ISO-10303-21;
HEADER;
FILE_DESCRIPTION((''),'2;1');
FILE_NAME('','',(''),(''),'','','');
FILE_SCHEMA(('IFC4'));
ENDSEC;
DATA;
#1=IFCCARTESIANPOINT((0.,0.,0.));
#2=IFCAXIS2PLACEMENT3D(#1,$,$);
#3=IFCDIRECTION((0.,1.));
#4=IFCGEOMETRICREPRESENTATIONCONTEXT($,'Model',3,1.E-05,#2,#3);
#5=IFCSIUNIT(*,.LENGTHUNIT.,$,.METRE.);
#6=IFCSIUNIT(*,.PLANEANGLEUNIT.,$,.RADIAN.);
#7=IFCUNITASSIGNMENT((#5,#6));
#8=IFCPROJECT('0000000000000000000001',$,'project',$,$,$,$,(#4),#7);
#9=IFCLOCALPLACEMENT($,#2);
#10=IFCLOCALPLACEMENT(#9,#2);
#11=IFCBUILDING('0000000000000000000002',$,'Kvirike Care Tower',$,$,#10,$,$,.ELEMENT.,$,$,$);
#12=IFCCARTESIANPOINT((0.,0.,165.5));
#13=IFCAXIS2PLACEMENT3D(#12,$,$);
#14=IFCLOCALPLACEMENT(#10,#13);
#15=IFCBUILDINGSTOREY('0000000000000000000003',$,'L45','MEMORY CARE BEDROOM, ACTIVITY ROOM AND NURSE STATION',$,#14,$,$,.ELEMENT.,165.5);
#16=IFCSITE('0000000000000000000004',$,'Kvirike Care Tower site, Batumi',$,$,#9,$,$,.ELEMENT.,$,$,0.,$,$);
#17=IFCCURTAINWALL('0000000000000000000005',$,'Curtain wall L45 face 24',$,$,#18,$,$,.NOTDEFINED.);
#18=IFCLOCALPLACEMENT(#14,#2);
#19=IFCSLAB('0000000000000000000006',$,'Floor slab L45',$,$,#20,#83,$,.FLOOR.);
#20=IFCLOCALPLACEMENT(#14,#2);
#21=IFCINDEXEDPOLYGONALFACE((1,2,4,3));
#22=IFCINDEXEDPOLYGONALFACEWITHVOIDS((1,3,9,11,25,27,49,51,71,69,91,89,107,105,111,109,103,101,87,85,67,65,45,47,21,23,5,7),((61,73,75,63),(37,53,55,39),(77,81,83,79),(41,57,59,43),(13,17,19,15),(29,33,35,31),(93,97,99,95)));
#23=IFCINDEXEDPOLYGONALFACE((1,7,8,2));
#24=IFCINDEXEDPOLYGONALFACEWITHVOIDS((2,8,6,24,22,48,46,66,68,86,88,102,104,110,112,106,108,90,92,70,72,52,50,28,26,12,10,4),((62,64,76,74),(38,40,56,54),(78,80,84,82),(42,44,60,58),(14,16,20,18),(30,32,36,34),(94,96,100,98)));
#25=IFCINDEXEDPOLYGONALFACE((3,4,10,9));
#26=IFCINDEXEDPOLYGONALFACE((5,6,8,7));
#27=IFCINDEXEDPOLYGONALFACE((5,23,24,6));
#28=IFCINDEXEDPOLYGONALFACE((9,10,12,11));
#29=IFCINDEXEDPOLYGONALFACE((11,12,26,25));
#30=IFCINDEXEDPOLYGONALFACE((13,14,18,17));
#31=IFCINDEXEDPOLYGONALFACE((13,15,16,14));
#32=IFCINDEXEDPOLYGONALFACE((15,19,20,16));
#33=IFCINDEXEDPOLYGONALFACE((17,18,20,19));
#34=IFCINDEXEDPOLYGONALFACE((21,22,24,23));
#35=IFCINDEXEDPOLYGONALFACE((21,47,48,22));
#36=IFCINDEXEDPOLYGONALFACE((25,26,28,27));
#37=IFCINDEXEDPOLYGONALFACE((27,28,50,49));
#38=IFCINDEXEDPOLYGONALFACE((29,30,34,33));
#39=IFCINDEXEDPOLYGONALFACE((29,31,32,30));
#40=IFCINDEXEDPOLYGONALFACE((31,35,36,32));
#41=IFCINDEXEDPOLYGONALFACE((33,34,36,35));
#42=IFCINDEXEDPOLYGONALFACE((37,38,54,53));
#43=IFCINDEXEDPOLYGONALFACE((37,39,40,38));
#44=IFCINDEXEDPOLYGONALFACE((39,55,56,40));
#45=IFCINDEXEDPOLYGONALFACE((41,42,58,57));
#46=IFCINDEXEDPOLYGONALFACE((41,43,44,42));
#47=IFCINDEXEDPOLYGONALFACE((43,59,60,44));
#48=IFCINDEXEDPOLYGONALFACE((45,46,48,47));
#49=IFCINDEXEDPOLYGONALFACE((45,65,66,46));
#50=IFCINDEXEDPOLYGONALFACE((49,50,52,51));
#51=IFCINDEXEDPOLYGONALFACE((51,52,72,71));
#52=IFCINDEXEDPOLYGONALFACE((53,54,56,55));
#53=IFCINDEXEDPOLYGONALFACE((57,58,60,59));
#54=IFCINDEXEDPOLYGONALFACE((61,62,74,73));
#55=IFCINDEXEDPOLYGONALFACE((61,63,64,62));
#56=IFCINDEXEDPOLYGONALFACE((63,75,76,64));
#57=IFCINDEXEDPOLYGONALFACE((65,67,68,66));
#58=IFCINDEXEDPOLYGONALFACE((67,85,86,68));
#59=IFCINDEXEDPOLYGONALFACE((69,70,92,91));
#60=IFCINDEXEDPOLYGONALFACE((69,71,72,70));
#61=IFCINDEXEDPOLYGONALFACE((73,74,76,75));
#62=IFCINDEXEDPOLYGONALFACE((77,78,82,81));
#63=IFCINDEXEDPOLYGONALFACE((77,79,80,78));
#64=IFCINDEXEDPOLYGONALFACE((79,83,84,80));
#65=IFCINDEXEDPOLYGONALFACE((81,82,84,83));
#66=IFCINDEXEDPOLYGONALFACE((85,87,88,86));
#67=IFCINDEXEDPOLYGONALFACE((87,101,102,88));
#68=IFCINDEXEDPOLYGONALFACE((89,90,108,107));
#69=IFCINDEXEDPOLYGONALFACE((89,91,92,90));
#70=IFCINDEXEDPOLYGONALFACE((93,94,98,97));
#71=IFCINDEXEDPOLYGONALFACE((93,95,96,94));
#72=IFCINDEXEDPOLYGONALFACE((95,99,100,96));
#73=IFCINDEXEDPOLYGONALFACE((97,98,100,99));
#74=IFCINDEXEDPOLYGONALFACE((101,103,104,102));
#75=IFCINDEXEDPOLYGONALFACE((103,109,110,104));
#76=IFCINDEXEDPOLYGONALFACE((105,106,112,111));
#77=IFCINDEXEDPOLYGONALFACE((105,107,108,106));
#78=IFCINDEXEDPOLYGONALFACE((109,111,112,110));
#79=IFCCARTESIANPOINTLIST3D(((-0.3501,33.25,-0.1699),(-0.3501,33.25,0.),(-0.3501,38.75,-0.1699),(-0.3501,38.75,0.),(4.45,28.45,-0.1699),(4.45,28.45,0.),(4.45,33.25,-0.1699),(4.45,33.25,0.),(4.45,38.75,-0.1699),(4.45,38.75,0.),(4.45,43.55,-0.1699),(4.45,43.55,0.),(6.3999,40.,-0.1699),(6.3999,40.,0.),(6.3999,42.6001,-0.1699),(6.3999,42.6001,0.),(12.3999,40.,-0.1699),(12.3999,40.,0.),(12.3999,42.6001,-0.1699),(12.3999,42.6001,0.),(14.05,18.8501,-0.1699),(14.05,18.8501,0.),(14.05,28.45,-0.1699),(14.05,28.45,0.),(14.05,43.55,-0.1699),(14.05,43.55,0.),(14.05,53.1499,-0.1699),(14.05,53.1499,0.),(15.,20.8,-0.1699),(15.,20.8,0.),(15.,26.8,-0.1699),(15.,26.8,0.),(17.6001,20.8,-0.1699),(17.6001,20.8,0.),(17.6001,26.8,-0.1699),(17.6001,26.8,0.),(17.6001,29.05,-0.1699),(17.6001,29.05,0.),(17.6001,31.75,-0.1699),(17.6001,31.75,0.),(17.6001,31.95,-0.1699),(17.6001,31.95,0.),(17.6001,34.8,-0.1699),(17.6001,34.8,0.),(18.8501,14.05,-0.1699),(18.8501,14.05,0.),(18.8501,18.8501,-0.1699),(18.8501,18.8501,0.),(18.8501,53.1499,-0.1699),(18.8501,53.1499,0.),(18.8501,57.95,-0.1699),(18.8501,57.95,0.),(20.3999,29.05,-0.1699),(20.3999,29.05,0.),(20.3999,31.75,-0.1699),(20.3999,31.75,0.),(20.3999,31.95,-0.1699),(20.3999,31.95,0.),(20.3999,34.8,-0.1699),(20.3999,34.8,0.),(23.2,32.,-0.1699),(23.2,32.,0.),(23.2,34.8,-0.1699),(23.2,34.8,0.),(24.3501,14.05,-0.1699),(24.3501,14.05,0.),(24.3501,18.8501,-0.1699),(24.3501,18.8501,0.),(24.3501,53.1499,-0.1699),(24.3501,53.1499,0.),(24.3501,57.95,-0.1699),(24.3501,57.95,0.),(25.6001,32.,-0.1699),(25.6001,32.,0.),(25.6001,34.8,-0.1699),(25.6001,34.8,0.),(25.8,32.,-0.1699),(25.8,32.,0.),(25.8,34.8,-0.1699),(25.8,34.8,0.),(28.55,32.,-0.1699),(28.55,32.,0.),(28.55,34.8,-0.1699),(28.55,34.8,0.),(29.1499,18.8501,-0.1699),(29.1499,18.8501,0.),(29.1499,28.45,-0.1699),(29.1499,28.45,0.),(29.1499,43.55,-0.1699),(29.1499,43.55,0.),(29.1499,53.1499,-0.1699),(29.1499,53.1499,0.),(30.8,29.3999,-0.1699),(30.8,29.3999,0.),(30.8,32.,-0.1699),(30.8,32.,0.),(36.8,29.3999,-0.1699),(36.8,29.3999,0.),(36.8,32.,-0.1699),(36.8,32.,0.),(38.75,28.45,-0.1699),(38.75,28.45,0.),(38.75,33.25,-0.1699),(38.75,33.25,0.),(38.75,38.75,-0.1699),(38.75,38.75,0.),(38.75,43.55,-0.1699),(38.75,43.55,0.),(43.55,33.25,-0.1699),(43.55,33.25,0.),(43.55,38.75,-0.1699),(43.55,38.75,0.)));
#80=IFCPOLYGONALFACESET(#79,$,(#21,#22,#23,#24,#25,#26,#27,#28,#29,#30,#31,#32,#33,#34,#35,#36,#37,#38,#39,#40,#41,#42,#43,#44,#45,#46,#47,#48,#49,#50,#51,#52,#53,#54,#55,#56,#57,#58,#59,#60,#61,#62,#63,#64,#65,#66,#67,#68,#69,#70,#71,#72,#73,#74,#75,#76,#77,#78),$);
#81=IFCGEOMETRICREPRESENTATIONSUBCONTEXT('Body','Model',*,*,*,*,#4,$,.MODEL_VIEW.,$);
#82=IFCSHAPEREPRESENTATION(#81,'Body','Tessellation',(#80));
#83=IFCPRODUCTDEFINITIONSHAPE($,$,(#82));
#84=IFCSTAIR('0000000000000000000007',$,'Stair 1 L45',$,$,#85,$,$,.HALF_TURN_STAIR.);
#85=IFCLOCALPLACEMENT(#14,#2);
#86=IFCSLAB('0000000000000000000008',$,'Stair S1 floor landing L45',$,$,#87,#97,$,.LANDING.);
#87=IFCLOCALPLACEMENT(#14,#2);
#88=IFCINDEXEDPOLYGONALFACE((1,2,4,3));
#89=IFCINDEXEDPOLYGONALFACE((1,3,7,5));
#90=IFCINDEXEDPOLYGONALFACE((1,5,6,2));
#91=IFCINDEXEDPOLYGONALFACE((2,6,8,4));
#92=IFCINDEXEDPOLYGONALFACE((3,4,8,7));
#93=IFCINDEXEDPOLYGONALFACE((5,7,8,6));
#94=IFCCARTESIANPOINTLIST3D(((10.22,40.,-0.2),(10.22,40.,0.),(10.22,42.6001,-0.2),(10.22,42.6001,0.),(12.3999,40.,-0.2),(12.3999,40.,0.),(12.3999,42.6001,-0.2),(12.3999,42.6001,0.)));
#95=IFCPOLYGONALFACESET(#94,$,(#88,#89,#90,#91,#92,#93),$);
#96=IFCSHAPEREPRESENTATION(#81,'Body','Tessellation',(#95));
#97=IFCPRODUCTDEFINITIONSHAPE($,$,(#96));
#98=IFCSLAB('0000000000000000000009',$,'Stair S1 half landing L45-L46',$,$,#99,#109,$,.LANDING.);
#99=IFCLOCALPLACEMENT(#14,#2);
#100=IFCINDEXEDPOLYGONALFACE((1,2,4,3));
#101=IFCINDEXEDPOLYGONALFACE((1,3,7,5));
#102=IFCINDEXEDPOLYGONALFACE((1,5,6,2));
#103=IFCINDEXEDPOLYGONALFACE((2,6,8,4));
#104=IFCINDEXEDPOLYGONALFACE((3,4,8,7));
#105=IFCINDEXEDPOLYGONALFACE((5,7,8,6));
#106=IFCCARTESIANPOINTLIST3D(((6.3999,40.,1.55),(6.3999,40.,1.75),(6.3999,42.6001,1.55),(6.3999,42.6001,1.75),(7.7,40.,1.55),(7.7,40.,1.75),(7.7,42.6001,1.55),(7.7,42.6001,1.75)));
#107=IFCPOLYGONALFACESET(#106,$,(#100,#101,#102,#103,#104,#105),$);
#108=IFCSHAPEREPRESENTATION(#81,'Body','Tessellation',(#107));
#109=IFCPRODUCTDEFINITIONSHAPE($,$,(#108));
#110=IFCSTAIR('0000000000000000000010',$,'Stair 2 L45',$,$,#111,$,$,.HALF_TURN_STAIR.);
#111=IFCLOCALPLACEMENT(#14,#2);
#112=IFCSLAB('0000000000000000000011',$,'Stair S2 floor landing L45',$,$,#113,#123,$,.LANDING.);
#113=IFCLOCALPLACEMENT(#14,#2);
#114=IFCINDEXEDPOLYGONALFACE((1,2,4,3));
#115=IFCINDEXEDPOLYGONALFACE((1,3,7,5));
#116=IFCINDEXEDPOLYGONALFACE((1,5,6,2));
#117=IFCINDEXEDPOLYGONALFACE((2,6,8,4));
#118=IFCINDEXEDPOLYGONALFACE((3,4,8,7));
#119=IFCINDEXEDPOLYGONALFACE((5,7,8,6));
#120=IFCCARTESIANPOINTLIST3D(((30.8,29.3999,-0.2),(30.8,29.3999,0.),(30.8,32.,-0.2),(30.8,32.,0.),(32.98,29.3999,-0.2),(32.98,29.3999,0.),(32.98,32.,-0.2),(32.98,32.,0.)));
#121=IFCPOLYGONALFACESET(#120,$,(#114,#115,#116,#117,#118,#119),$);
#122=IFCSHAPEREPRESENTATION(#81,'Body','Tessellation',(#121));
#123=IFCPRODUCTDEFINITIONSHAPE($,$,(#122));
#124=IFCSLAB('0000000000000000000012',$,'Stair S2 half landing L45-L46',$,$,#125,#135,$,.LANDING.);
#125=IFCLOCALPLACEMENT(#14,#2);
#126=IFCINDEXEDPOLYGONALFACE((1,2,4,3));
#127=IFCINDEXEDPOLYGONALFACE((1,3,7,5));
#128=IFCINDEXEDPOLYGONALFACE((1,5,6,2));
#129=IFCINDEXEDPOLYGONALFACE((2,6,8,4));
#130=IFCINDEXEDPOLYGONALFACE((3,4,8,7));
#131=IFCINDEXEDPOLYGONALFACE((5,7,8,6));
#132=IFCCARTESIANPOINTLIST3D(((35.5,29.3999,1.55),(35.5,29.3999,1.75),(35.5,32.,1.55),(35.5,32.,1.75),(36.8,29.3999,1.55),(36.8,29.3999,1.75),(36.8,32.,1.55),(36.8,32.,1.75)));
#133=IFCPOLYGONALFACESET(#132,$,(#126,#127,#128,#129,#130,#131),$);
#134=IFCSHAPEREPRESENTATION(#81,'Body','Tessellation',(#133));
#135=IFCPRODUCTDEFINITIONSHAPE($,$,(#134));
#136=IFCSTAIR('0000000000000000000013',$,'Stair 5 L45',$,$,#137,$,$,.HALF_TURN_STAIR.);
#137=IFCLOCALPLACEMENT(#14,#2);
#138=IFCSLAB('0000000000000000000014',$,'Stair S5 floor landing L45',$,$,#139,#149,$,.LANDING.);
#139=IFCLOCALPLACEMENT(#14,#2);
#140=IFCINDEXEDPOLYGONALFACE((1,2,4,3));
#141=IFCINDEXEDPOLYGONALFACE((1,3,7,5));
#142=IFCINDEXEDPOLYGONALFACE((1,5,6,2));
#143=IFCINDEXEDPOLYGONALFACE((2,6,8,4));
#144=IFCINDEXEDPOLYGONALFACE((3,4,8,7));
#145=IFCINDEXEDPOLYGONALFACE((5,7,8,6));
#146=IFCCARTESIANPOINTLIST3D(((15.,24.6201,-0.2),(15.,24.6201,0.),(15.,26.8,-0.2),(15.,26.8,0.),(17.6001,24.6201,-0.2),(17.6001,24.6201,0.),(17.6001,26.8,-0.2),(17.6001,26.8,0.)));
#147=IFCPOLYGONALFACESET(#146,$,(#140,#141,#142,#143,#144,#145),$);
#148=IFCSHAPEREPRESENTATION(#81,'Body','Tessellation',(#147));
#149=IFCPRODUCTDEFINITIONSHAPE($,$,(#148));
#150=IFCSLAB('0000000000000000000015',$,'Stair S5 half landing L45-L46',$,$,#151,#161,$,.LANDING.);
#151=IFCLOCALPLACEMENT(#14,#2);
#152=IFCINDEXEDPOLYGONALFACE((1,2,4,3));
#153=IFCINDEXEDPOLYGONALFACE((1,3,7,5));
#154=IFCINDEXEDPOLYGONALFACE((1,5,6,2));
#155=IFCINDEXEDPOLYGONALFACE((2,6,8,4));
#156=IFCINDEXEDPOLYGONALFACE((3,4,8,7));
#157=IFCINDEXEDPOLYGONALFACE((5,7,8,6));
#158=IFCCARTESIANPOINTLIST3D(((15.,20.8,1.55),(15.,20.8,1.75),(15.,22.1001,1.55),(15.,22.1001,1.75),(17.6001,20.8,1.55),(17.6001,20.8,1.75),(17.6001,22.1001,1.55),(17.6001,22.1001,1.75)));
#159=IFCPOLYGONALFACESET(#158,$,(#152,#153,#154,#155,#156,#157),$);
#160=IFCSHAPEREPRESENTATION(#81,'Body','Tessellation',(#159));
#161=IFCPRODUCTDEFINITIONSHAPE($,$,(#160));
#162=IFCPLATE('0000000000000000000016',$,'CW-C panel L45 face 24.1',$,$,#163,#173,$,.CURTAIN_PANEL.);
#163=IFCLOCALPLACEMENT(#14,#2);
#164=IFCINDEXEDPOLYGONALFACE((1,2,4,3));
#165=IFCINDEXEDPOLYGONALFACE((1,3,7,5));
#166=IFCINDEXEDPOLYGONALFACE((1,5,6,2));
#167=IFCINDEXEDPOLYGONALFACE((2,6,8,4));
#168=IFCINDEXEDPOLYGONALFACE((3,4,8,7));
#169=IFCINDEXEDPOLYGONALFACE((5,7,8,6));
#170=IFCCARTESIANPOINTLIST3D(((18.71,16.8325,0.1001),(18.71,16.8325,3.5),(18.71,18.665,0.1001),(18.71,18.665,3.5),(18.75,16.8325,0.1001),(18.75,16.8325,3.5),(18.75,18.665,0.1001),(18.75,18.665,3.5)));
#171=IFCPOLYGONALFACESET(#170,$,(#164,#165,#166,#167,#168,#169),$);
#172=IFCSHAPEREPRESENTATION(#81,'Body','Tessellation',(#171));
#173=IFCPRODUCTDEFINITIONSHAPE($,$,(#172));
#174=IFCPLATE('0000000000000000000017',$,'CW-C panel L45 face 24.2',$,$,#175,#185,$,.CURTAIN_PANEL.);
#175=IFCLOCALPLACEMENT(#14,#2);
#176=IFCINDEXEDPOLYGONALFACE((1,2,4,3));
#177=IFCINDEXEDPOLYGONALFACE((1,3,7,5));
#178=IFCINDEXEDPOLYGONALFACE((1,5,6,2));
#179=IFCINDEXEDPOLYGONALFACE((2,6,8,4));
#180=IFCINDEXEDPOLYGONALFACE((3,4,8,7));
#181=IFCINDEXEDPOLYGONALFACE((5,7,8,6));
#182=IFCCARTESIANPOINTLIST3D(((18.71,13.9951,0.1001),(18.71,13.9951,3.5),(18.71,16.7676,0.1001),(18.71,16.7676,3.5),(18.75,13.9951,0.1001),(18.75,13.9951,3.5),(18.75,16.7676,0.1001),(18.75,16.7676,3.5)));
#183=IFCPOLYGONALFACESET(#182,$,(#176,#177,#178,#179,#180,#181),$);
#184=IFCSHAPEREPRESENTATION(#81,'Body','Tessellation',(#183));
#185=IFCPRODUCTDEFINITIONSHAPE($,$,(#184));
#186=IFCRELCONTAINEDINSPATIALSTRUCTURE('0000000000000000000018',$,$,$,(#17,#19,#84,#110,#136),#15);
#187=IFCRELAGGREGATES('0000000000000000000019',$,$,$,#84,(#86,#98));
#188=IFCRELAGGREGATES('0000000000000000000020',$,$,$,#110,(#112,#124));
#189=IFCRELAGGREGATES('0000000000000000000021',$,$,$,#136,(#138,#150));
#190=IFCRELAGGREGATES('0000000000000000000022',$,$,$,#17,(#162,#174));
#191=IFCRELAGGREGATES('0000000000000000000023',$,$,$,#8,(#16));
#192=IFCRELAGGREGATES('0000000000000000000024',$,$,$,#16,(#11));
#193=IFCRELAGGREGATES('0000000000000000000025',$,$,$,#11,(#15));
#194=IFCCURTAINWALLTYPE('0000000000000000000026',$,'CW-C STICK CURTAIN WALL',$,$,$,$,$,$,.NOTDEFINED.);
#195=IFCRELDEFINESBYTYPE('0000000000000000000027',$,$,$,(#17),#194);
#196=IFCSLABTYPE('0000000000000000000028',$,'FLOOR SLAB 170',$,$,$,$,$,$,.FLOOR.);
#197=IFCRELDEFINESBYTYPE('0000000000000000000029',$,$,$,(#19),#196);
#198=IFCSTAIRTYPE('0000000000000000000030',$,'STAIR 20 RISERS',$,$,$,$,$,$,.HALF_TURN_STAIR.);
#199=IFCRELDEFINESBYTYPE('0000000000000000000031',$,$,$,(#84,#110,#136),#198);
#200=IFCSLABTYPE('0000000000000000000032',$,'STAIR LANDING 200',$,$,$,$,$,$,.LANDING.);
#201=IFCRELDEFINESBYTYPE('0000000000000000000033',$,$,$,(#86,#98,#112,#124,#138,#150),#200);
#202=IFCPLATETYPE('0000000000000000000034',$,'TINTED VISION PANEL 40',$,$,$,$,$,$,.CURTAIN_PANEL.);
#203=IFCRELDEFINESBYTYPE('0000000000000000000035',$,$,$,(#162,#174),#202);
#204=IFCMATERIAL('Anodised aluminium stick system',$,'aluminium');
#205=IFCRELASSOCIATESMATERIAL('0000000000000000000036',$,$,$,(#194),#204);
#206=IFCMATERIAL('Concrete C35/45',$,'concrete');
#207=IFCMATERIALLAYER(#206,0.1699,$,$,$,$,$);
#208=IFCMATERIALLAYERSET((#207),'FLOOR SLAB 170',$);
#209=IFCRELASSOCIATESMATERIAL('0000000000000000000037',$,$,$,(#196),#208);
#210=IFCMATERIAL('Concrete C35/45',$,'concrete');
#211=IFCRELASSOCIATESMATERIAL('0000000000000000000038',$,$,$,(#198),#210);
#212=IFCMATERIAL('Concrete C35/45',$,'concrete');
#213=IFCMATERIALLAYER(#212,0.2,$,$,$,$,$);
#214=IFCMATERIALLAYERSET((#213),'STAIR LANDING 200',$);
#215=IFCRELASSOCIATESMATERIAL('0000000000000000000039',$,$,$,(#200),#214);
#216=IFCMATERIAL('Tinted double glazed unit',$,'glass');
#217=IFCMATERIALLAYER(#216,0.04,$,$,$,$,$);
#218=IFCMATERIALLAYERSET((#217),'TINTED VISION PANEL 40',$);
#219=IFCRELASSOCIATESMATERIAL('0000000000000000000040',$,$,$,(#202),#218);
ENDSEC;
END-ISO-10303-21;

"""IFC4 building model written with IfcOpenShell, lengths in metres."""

from ifc_helpers import new_model, si_unit, direction, frame, origin, origin_2d, place, context, subcontext, project, spatial, polyline, rectangle, outline, extrude, material, layer, layer_set, type_object, element, aggregate, save


model = new_model("IFC4")

# Units and contexts
model_context = context("Model", 3, precision=1e-05, world=origin(), true_north=direction((0.0, 1.0)))
body_context = subcontext(model_context, "Body", "Model", "MODEL_VIEW")
ifc_project = project(units=[si_unit("LENGTHUNIT", "METRE"), si_unit("PLANEANGLEUNIT", "RADIAN")], contexts=[model_context])

# Site, building, storey
site_placement = place(None, origin())
site = spatial("IfcSite", under=ifc_project, at=site_placement, Name="Kvirike Care Tower site, Batumi", CompositionType="ELEMENT", RefElevation=0.0)
building_placement = place(site_placement, origin())
building = spatial("IfcBuilding", under=site, at=building_placement, Name="Kvirike Care Tower", CompositionType="ELEMENT")
storey_placement = place(building_placement, frame((0.0, 0.0, 165.5)))
storey = spatial("IfcBuildingStorey", under=building, at=storey_placement, Name="L45", Description="MEMORY CARE BEDROOM, ACTIVITY ROOM AND NURSE STATION", CompositionType="ELEMENT", Elevation=165.5)

# Shared definitions
ifc_material_1 = material(Name="Anodised aluminium stick system", Category="aluminium")
curtain_wall_type = type_object("IfcCurtainWallType", Name="CW-C STICK CURTAIN WALL", PredefinedType="NOTDEFINED", material=ifc_material_1)

# Curtain wall
curtain_wall_1_placement = place(storey_placement, origin())
curtain_wall_1 = element("IfcCurtainWall", 1, at=curtain_wall_1_placement, inside=storey, type_object=curtain_wall_type, Name="Curtain wall L45 face 24", PredefinedType="NOTDEFINED")

# Slab
ifc_material_2 = material(Name="Concrete C35/45", Category="concrete")
ifc_layer_1 = layer(ifc_material_2, 0.1699)
ifc_layer_set_1 = layer_set([ifc_layer_1], Name="FLOOR SLAB 170")
slab_type_1 = type_object("IfcSlabType", Name="FLOOR SLAB 170", PredefinedType="FLOOR", material=ifc_layer_set_1)
slab_1_placement = place(storey_placement, frame((0.0, 0.0, -0.1699)))
element("IfcSlab", 2, at=slab_1_placement, inside=storey, type_object=slab_type_1, Name="Floor slab L45", PredefinedType="FLOOR", context=body_context, shape_type="SweptSolid", body=[
    extrude(outline(polyline([(29.1499, 28.45), (38.75, 28.45), (38.75, 33.25), (43.55, 33.25), (43.55, 38.75), (38.75, 38.75), (38.75, 43.55), (29.1499, 43.55), (29.1499, 53.1499), (24.3501, 53.1499), (24.3501, 57.95), (18.8501, 57.95), (18.8501, 53.1499), (14.05, 53.1499), (14.05, 43.55), (4.45, 43.55), (4.45, 38.75), (-0.3501, 38.75), (-0.3501, 33.25), (4.45, 33.25), (4.45, 28.45), (14.05, 28.45), (14.05, 18.8501), (18.8501, 18.8501), (18.8501, 14.05), (24.3501, 14.05), (24.3501, 18.8501), (29.1499, 18.8501), (29.1499, 28.45)]), holes=[polyline([(17.6001, 29.05), (17.6001, 31.75), (20.3999, 31.75), (20.3999, 29.05), (17.6001, 29.05)]), polyline([(17.6001, 31.95), (17.6001, 34.8), (20.3999, 34.8), (20.3999, 31.95), (17.6001, 31.95)]), polyline([(23.2, 32.0), (23.2, 34.8), (25.6001, 34.8), (25.6001, 32.0), (23.2, 32.0)]), polyline([(25.8, 32.0), (25.8, 34.8), (28.55, 34.8), (28.55, 32.0), (25.8, 32.0)]), polyline([(12.3999, 42.6001), (12.3999, 40.0), (6.3999, 40.0), (6.3999, 42.6001), (12.3999, 42.6001)]), polyline([(30.8, 29.3999), (30.8, 32.0), (36.8, 32.0), (36.8, 29.3999), (30.8, 29.3999)]), polyline([(15.0, 26.8), (17.6001, 26.8), (17.6001, 20.8), (15.0, 20.8), (15.0, 26.8)])]), origin(), (0.0, 0.0, 1.0), 0.1699),
])

# Stairs, slabs
ifc_material_3 = material(Name="Concrete C35/45", Category="concrete")
stair_type = type_object("IfcStairType", Name="STAIR 20 RISERS", PredefinedType="HALF_TURN_STAIR", material=ifc_material_3)
stair_1_placement = place(storey_placement, origin())
stair_1 = element("IfcStair", 3, at=stair_1_placement, inside=storey, type_object=stair_type, Name="Stair 1 L45", PredefinedType="HALF_TURN_STAIR")
ifc_material_4 = material(Name="Concrete C35/45", Category="concrete")
ifc_layer_2 = layer(ifc_material_4, 0.2)
ifc_layer_set_2 = layer_set([ifc_layer_2], Name="STAIR LANDING 200")
slab_type_2 = type_object("IfcSlabType", Name="STAIR LANDING 200", PredefinedType="LANDING", material=ifc_layer_set_2)
slab_2_placement = place(storey_placement, frame((0.0, 0.0, -0.2)))
slab_2 = element("IfcSlab", 4, at=slab_2_placement, type_object=slab_type_2, Name="Stair S1 floor landing L45", PredefinedType="LANDING", context=body_context, shape_type="SweptSolid", body=[
    extrude(outline(polyline([(10.22, 42.6001), (10.22, 40.0), (12.3999, 40.0), (12.3999, 42.6001), (10.22, 42.6001)])), origin(), (0.0, 0.0, 1.0), 0.2),
])
slab_3_placement = place(storey_placement, frame((0.0, 0.0, 1.55)))
slab_3 = element("IfcSlab", 5, at=slab_3_placement, type_object=slab_type_2, Name="Stair S1 half landing L45-L46", PredefinedType="LANDING", context=body_context, shape_type="SweptSolid", body=[
    extrude(outline(polyline([(6.3999, 42.6001), (6.3999, 40.0), (7.7, 40.0), (7.7, 42.6001), (6.3999, 42.6001)])), origin(), (0.0, 0.0, 1.0), 0.2),
])
aggregate(stair_1, [slab_2, slab_3])
stair_2_placement = place(storey_placement, origin())
stair_2 = element("IfcStair", 6, at=stair_2_placement, inside=storey, type_object=stair_type, Name="Stair 2 L45", PredefinedType="HALF_TURN_STAIR")
slab_4_placement = place(storey_placement, frame((0.0, 0.0, -0.2)))
slab_4 = element("IfcSlab", 7, at=slab_4_placement, type_object=slab_type_2, Name="Stair S2 floor landing L45", PredefinedType="LANDING", context=body_context, shape_type="SweptSolid", body=[
    extrude(outline(polyline([(32.98, 29.3999), (32.98, 32.0), (30.8, 32.0), (30.8, 29.3999), (32.98, 29.3999)])), origin(), (0.0, 0.0, 1.0), 0.2),
])
slab_5_placement = place(storey_placement, frame((0.0, 0.0, 1.55)))
slab_5 = element("IfcSlab", 8, at=slab_5_placement, type_object=slab_type_2, Name="Stair S2 half landing L45-L46", PredefinedType="LANDING", context=body_context, shape_type="SweptSolid", body=[
    extrude(outline(polyline([(36.8, 29.3999), (36.8, 32.0), (35.5, 32.0), (35.5, 29.3999), (36.8, 29.3999)])), origin(), (0.0, 0.0, 1.0), 0.2),
])
aggregate(stair_2, [slab_4, slab_5])
stair_3_placement = place(storey_placement, origin())
stair_3 = element("IfcStair", 9, at=stair_3_placement, inside=storey, type_object=stair_type, Name="Stair 5 L45", PredefinedType="HALF_TURN_STAIR")
slab_6_placement = place(storey_placement, frame((0.0, 0.0, -0.2)))
slab_6 = element("IfcSlab", 10, at=slab_6_placement, type_object=slab_type_2, Name="Stair S5 floor landing L45", PredefinedType="LANDING", context=body_context, shape_type="SweptSolid", body=[
    extrude(outline(polyline([(15.0, 24.6201), (17.6001, 24.6201), (17.6001, 26.8), (15.0, 26.8), (15.0, 24.6201)])), origin(), (0.0, 0.0, 1.0), 0.2),
])
slab_7_placement = place(storey_placement, frame((0.0, 0.0, 1.55)))
slab_7 = element("IfcSlab", 11, at=slab_7_placement, type_object=slab_type_2, Name="Stair S5 half landing L45-L46", PredefinedType="LANDING", context=body_context, shape_type="SweptSolid", body=[
    extrude(outline(polyline([(15.0, 20.8), (17.6001, 20.8), (17.6001, 22.1001), (15.0, 22.1001), (15.0, 20.8)])), origin(), (0.0, 0.0, 1.0), 0.2),
])
aggregate(stair_3, [slab_6, slab_7])

# Plates
ifc_material_5 = material(Name="Tinted double glazed unit", Category="glass")
ifc_layer_3 = layer(ifc_material_5, 0.04)
ifc_layer_set_3 = layer_set([ifc_layer_3], Name="TINTED VISION PANEL 40")
plate_type = type_object("IfcPlateType", Name="TINTED VISION PANEL 40", PredefinedType="CURTAIN_PANEL", material=ifc_layer_set_3)
plate_1_placement = place(storey_placement, frame((18.73, 17.7488, 0.1001), z_axis=(0.0, 0.0, 1.0), x_axis=(0.0, -1.0, 0.0)))
plate_1 = element("IfcPlate", 12, at=plate_1_placement, type_object=plate_type, Name="CW-C panel L45 face 24.1", PredefinedType="CURTAIN_PANEL", context=body_context, shape_type="SweptSolid", body=[
    extrude(rectangle(XDim=1.8325, YDim=0.04, at=origin_2d()), origin(), (0.0, 0.0, 1.0), 3.3999),
])
plate_2_placement = place(storey_placement, frame((18.73, 15.3813, 0.1001), z_axis=(0.0, 0.0, 1.0), x_axis=(0.0, -1.0, 0.0)))
plate_2 = element("IfcPlate", 13, at=plate_2_placement, type_object=plate_type, Name="CW-C panel L45 face 24.2", PredefinedType="CURTAIN_PANEL", context=body_context, shape_type="SweptSolid", body=[
    extrude(rectangle(XDim=2.7725, YDim=0.04, at=origin_2d()), origin(), (0.0, 0.0, 1.0), 3.3999),
])
aggregate(curtain_wall_1, [plate_1, plate_2])

save(model, "model.ifc")
